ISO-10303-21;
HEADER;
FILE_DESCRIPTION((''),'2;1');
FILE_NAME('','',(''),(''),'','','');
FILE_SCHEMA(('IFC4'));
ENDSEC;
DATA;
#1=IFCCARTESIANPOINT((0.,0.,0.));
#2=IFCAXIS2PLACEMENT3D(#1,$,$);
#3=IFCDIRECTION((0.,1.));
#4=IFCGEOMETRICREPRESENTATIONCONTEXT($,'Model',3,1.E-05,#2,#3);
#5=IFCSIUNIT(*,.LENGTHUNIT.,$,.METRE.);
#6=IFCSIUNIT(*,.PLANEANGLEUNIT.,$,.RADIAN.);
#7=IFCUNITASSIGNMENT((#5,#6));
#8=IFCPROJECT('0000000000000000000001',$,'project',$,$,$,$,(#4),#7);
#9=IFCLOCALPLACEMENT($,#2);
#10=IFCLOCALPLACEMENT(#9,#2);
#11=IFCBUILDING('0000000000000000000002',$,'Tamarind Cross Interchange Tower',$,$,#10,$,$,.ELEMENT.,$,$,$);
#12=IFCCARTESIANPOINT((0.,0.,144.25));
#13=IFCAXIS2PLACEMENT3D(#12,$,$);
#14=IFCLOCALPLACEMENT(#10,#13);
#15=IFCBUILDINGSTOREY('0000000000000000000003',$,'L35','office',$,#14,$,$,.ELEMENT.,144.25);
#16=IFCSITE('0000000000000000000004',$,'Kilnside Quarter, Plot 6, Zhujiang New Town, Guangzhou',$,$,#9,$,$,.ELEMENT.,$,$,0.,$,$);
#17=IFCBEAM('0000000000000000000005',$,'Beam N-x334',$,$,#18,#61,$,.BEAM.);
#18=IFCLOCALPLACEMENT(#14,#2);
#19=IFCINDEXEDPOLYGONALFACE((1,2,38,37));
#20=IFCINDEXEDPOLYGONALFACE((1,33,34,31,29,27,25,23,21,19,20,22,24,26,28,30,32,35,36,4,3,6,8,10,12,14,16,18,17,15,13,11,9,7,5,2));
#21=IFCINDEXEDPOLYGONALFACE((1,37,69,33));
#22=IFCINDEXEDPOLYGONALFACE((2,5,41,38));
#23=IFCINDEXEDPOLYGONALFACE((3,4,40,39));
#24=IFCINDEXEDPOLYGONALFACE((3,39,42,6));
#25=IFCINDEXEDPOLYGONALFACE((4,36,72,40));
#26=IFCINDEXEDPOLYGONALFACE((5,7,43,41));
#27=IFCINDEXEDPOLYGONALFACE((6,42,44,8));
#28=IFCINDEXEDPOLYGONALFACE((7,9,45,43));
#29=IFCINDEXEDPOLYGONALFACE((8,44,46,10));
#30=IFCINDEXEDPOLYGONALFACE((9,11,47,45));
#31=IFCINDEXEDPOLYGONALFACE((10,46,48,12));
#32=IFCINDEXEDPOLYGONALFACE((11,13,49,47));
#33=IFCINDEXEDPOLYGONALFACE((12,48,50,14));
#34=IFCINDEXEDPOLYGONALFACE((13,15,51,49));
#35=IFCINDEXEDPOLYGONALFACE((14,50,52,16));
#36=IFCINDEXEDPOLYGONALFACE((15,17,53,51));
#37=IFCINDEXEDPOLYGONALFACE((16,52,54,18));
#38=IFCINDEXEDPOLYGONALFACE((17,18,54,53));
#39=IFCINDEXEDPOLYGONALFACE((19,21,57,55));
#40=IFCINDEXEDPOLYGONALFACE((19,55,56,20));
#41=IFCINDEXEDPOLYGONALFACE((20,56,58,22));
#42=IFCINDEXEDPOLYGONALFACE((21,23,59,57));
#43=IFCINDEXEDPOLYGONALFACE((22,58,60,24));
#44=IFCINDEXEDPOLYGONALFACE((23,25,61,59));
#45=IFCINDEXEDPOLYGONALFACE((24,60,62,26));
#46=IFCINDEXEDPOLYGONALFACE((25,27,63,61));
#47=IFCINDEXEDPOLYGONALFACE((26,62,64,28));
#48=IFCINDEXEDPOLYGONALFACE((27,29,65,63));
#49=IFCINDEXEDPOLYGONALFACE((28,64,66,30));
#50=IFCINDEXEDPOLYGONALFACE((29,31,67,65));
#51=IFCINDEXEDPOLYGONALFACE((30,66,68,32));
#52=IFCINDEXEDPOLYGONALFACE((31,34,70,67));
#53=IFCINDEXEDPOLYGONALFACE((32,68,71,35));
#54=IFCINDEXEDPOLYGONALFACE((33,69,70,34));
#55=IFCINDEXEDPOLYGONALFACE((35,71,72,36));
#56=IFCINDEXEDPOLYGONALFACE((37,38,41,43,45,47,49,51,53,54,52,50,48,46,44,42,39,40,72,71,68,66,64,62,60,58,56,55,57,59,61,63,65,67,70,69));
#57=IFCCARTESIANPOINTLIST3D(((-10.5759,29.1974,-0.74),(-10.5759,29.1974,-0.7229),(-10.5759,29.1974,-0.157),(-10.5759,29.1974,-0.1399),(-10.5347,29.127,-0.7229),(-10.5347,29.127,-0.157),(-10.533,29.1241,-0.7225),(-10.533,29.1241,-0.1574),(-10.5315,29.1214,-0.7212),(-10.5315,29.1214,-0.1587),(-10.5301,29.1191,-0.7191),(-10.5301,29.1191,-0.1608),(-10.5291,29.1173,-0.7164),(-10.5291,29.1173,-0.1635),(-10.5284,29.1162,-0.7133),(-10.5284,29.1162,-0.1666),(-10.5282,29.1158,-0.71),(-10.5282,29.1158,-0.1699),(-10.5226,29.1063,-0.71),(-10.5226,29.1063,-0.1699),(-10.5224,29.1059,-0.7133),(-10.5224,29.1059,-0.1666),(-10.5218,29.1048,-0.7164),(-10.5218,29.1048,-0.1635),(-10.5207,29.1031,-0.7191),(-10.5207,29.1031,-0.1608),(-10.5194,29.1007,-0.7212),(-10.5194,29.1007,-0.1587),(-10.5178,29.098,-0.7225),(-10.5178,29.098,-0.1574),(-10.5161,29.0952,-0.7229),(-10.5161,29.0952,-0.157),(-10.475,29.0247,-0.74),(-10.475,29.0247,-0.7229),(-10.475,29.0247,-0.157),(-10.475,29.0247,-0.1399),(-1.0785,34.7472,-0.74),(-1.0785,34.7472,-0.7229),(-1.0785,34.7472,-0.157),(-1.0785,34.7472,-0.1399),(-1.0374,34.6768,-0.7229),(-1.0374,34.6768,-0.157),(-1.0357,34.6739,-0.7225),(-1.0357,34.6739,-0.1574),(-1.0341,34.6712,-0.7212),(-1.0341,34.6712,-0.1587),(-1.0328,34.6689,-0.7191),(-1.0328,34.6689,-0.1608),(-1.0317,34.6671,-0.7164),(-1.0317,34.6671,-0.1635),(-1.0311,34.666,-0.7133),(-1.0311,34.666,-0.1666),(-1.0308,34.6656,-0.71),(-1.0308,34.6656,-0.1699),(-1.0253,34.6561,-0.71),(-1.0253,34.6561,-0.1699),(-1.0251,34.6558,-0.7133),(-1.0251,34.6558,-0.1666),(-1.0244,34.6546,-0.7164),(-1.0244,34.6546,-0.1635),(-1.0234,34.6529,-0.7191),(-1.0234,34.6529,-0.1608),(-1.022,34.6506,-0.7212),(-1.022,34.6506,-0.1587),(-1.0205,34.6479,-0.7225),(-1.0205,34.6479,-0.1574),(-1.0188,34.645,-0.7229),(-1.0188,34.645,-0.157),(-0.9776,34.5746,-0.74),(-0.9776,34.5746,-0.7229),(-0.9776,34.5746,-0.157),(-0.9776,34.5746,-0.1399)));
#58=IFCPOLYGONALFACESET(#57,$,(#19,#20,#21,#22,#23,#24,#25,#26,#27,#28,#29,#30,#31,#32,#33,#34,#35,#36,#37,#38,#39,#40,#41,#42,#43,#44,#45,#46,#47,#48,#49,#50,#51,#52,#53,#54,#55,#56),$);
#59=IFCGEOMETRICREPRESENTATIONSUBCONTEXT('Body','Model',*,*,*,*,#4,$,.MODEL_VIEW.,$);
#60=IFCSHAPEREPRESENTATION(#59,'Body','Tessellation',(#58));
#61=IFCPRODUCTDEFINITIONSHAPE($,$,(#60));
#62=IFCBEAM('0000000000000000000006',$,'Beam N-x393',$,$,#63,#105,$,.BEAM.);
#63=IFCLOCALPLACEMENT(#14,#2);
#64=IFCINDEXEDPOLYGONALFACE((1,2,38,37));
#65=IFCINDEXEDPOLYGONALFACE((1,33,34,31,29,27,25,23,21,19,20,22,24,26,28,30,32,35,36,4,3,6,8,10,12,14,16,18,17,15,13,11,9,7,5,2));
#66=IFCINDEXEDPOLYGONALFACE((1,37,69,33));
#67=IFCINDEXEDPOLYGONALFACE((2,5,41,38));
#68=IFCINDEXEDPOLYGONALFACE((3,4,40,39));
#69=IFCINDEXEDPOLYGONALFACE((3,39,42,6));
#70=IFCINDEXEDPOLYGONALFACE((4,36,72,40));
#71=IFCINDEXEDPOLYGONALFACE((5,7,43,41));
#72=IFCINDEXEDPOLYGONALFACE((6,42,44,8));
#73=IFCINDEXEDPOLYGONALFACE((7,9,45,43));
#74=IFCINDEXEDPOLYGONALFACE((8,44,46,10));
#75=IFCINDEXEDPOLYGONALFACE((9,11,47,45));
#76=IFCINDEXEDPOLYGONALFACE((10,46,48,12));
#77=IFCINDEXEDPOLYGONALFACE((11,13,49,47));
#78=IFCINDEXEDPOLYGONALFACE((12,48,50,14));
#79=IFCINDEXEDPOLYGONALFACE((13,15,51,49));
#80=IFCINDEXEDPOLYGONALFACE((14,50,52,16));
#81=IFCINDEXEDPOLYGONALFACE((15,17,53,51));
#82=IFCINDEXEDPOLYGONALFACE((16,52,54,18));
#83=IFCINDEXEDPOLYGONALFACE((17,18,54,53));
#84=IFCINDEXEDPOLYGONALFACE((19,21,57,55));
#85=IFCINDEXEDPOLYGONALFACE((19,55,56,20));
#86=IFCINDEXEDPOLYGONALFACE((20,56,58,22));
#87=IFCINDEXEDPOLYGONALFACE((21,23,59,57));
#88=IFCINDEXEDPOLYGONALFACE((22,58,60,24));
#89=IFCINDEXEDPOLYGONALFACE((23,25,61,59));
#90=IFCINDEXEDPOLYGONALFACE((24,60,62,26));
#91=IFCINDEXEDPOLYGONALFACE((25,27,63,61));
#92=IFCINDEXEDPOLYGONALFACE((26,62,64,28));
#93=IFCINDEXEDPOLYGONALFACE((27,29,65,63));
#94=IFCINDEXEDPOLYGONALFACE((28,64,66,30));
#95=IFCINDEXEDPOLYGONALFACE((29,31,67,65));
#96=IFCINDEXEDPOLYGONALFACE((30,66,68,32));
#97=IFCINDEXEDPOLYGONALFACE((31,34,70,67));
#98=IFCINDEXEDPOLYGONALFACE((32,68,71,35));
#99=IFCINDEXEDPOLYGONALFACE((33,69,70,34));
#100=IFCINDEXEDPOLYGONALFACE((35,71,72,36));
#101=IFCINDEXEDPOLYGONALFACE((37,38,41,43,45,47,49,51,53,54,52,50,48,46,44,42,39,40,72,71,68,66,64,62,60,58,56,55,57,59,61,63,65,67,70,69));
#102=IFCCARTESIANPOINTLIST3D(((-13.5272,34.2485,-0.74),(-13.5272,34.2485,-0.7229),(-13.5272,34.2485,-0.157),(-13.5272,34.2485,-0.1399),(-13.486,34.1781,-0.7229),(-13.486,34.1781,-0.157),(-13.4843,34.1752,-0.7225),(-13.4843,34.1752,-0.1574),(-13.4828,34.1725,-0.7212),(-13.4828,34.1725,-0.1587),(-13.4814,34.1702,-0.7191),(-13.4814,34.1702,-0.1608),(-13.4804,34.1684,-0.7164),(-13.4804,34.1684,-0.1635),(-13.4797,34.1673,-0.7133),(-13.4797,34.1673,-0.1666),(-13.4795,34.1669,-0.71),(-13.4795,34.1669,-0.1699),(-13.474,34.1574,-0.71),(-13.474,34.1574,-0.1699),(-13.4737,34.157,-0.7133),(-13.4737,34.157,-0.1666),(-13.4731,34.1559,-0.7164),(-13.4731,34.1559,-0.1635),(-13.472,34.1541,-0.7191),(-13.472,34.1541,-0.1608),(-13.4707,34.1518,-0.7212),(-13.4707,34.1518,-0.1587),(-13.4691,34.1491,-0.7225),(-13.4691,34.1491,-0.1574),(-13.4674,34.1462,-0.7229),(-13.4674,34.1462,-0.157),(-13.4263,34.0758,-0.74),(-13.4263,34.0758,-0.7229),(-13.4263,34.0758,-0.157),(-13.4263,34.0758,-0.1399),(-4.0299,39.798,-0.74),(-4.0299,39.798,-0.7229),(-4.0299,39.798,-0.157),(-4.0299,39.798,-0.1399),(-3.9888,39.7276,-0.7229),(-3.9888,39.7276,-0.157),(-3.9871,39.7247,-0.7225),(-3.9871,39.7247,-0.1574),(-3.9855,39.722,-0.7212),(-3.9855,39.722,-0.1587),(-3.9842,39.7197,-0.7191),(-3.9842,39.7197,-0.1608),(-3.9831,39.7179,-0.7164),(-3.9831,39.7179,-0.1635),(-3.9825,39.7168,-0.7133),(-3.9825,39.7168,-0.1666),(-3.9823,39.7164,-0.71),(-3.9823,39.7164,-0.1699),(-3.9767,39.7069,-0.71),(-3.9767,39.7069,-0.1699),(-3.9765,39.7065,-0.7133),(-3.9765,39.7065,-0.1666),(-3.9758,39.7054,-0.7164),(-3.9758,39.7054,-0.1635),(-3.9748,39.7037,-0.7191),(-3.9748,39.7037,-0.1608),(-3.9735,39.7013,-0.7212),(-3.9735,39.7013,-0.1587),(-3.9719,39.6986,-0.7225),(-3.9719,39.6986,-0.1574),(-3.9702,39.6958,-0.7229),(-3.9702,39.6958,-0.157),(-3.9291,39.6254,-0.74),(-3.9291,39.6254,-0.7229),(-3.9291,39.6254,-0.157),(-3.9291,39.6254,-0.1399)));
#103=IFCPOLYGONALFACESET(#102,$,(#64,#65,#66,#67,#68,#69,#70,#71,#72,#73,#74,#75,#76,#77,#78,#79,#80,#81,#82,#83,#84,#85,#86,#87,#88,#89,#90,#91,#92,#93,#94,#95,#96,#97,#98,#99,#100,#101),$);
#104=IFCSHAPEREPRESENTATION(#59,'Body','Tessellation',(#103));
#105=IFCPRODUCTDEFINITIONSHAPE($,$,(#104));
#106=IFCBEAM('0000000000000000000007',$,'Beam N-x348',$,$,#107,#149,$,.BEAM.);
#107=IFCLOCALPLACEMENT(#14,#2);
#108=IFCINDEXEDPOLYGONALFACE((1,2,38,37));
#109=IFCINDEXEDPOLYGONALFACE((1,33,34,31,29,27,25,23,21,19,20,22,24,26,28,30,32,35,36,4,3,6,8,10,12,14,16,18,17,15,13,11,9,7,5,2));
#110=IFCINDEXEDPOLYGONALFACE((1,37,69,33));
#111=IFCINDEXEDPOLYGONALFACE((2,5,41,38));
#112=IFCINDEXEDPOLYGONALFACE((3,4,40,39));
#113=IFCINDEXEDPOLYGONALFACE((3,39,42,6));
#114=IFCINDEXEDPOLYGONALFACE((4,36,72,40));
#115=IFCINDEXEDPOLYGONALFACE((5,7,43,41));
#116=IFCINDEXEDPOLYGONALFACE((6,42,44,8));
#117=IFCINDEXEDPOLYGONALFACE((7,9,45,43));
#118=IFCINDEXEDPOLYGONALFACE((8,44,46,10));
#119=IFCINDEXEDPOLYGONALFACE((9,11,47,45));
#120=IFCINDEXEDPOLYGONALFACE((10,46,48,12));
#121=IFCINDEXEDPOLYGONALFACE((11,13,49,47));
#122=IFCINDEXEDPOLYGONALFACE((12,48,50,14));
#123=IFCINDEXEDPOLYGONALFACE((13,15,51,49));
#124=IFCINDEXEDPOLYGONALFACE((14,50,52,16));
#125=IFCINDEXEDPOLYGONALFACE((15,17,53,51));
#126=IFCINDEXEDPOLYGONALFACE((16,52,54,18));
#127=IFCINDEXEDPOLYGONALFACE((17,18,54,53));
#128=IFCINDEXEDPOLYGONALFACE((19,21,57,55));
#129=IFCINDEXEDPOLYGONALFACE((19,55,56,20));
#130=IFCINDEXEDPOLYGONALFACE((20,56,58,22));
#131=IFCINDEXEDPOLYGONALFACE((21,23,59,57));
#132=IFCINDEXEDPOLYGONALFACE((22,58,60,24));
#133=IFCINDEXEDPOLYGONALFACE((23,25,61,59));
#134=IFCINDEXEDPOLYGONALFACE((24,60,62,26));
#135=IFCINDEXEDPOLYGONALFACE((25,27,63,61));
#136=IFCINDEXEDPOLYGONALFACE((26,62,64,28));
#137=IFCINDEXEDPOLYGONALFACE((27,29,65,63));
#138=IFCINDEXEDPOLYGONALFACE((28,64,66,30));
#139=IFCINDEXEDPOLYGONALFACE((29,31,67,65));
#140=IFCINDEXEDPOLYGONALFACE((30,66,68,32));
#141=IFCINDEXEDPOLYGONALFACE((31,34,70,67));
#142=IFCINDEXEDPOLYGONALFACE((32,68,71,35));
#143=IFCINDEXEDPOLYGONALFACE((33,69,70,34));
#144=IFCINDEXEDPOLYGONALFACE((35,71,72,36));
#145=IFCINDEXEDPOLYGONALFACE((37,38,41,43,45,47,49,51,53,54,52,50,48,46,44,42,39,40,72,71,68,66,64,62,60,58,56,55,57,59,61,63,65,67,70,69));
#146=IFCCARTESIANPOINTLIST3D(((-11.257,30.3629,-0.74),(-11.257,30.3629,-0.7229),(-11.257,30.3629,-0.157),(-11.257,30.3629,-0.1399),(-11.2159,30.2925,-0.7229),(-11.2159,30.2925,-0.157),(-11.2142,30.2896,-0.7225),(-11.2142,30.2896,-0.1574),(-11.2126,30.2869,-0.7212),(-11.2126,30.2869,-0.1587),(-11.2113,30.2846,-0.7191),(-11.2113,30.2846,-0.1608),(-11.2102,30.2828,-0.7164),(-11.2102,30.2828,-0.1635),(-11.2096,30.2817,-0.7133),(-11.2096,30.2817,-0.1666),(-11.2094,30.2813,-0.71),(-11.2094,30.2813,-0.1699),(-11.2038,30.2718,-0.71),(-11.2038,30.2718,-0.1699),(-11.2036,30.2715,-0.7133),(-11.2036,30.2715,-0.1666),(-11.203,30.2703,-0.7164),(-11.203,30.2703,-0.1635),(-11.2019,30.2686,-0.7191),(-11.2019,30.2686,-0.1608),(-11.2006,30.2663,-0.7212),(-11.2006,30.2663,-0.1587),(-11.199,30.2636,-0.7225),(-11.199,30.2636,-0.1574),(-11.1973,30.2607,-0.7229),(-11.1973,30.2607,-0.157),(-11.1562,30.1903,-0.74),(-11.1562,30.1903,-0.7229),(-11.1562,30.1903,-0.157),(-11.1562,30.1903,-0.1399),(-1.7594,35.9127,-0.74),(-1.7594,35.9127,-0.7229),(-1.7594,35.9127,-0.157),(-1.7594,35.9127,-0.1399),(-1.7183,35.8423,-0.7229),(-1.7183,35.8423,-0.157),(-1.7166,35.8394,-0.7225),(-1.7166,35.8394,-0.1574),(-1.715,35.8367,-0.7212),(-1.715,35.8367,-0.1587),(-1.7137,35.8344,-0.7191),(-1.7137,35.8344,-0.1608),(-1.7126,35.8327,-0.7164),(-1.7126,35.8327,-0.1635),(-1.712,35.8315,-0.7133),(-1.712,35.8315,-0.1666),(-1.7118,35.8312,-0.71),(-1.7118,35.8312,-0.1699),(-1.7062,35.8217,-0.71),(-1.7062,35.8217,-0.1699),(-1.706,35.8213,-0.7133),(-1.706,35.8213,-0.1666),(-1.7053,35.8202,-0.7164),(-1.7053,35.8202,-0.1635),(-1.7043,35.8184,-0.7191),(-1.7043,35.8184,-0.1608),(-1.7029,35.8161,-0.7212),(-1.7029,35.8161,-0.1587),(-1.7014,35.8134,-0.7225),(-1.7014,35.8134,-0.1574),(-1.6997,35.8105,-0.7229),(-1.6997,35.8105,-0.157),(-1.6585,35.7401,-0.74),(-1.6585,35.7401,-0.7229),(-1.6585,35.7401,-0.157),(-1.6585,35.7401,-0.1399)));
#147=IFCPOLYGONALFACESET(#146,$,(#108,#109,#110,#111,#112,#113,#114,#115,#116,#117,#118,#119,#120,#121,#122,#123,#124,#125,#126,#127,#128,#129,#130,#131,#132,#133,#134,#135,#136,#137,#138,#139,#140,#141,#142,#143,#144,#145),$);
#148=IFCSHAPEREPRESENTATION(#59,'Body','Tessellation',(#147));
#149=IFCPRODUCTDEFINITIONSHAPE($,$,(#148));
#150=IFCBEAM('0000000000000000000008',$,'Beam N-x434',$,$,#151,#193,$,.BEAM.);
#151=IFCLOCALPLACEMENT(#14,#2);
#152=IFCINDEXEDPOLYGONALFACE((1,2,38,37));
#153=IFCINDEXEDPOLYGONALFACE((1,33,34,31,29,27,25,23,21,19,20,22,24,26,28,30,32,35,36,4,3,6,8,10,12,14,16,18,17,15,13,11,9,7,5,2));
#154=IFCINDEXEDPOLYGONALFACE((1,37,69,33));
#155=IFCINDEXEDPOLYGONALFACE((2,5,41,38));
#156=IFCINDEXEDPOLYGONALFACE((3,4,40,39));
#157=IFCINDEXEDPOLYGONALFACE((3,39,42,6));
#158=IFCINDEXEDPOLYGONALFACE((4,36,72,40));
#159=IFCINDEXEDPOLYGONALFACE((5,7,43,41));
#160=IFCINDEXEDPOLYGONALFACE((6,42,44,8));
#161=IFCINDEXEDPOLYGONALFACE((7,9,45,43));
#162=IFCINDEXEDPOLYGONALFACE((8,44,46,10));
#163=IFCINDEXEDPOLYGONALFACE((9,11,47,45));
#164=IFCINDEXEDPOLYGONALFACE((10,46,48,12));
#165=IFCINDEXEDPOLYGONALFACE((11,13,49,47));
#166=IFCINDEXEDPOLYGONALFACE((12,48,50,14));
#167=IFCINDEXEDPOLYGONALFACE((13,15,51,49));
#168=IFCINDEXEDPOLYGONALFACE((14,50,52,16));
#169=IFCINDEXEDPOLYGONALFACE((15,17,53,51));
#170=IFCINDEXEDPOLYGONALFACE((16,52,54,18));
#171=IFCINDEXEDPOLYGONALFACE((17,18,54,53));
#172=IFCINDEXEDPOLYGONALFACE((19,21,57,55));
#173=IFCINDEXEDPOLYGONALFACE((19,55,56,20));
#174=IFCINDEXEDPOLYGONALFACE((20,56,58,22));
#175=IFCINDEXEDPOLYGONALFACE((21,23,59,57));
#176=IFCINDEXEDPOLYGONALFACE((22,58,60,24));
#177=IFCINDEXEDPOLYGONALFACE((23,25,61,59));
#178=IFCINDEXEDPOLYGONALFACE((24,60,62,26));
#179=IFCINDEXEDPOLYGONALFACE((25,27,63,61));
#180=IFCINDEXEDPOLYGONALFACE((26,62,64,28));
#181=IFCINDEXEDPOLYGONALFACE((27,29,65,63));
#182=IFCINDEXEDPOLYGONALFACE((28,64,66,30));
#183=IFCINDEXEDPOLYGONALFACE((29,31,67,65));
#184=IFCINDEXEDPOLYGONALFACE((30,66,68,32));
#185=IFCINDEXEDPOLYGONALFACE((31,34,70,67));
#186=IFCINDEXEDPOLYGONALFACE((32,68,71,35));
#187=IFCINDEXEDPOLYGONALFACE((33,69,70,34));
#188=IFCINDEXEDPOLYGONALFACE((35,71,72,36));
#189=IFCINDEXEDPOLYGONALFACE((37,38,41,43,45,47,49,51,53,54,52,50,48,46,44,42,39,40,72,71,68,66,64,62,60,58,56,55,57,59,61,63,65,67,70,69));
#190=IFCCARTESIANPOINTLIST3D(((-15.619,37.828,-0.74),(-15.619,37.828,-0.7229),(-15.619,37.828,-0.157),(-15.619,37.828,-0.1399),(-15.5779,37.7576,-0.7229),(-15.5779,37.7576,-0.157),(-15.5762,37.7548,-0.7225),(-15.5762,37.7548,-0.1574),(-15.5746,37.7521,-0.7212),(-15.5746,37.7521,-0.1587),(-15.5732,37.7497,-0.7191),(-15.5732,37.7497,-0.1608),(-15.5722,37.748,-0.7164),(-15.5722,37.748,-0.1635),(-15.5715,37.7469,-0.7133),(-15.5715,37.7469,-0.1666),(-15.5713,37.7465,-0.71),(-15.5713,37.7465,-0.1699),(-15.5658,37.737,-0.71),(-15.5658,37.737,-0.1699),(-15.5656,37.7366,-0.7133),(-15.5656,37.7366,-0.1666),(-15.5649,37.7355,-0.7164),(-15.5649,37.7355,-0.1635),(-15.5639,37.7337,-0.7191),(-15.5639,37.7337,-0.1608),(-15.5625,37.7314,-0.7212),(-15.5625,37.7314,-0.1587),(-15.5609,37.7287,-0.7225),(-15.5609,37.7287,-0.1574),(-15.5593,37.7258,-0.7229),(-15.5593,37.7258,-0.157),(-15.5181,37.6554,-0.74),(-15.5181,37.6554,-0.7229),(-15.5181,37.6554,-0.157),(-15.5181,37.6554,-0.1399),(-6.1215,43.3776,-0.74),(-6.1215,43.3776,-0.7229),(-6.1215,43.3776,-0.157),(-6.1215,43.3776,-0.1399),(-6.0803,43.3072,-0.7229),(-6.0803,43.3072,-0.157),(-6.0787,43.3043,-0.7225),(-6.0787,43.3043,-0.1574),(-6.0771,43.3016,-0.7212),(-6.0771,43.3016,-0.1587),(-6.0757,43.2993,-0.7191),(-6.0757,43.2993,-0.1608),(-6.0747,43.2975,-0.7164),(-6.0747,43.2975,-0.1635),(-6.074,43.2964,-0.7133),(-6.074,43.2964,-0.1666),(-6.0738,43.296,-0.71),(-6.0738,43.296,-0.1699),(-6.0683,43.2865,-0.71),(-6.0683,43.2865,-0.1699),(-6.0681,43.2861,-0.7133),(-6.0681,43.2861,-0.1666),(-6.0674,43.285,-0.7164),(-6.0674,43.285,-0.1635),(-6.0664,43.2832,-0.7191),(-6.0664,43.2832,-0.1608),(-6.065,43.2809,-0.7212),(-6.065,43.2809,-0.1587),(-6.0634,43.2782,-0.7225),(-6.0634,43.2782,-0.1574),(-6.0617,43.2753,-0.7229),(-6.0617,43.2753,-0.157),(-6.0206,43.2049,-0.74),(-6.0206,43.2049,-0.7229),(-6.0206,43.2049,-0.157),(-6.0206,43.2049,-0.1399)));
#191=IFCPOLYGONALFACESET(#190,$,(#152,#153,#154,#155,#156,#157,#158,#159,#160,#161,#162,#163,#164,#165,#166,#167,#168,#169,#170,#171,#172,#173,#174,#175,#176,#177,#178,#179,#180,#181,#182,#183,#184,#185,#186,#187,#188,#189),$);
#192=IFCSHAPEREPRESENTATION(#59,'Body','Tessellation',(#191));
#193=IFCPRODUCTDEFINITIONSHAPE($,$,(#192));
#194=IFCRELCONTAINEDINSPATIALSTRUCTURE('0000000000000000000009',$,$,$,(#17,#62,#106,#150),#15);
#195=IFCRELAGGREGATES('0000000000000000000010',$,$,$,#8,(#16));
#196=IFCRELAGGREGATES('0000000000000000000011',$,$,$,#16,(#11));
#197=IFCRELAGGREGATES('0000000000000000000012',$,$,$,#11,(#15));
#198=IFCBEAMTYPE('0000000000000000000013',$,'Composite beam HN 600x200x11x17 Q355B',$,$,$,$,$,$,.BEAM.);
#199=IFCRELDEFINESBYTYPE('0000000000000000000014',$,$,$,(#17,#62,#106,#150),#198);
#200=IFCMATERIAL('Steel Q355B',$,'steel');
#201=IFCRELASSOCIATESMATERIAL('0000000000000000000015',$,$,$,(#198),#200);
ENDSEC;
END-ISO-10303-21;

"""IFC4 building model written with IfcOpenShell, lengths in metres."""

from ifc_helpers import new_model, si_unit, direction, frame, origin, origin_2d, place, context, subcontext, project, spatial, i_section, extrude, material, material_profile, profile_set, type_object, element, save


model = new_model("IFC4")

# Units and contexts
model_context = context("Model", 3, precision=1e-05, world=origin(), true_north=direction((0.0, 1.0)))
body_context = subcontext(model_context, "Body", "Model", "MODEL_VIEW")
ifc_project = project(units=[si_unit("LENGTHUNIT", "METRE"), si_unit("PLANEANGLEUNIT", "RADIAN")], contexts=[model_context])

# Site, building, storey
site_placement = place(None, origin())
site = spatial("IfcSite", under=ifc_project, at=site_placement, Name="Kilnside Quarter, Plot 6, Zhujiang New Town, Guangzhou", CompositionType="ELEMENT", RefElevation=0.0)
building_placement = place(site_placement, origin())
building = spatial("IfcBuilding", under=site, at=building_placement, Name="Tamarind Cross Interchange Tower", CompositionType="ELEMENT")
storey_placement = place(building_placement, frame((0.0, 0.0, 144.25)))
storey = spatial("IfcBuildingStorey", under=building, at=storey_placement, Name="L35", Description="office", CompositionType="ELEMENT", Elevation=144.25)

# Beams
ifc_material_1 = material(Name="Steel Q355B", Category="steel")
ifc_material_profile_1 = material_profile(ifc_material_1, i_section(OverallWidth=0.2, OverallDepth=0.6001, WebThickness=0.011, FlangeThickness=0.0171, FilletRadius=0.0129, at=origin_2d()), Name="HN 600x200x11x17")
ifc_profile_set_1 = profile_set([ifc_material_profile_1], Name="Steel Q355B")
beam_type_1 = type_object("IfcBeamType", Name="Composite beam HN 600x200x11x17 Q355B", PredefinedType="BEAM", material=ifc_profile_set_1)
beam_1_placement = place(storey_placement, frame((-1.0281, 34.6609, -0.4399), z_axis=(-0.863395, -0.504529, 0.0), x_axis=(0.504529, -0.863395, 0.0)))
element("IfcBeam", 1, at=beam_1_placement, inside=storey, type_object=beam_type_1, Name="Beam N-x334", PredefinedType="BEAM", context=body_context, shape_type="SweptSolid", body=[
    extrude(i_section(OverallWidth=0.2, OverallDepth=0.6001, WebThickness=0.011, FlangeThickness=0.0171, FilletRadius=0.0129, at=origin_2d()), origin(), (0.0, 0.0, 1.0), 11.0),
])
beam_2_placement = place(storey_placement, frame((-3.9795, 39.7117, -0.4399), z_axis=(-0.863404, -0.504513, 0.0), x_axis=(0.504513, -0.863404, 0.0)))
element("IfcBeam", 2, at=beam_2_placement, inside=storey, type_object=beam_type_1, Name="Beam N-x393", PredefinedType="BEAM", context=body_context, shape_type="SweptSolid", body=[
    extrude(i_section(OverallWidth=0.2, OverallDepth=0.6001, WebThickness=0.011, FlangeThickness=0.0171, FilletRadius=0.0129, at=origin_2d()), origin(), (0.0, 0.0, 1.0), 10.9998),
])
beam_3_placement = place(storey_placement, frame((-1.709, 35.8264, -0.4399), z_axis=(-0.8634, -0.504519, 0.0), x_axis=(0.504519, -0.8634, 0.0)))
element("IfcBeam", 3, at=beam_3_placement, inside=storey, type_object=beam_type_1, Name="Beam N-x348", PredefinedType="BEAM", context=body_context, shape_type="SweptSolid", body=[
    extrude(i_section(OverallWidth=0.2, OverallDepth=0.6001, WebThickness=0.011, FlangeThickness=0.0171, FilletRadius=0.0129, at=origin_2d()), origin(), (0.0, 0.0, 1.0), 11.0002),
])
beam_4_placement = place(storey_placement, frame((-6.071, 43.2913, -0.4399), z_axis=(-0.86341, -0.504503, 0.0), x_axis=(0.504503, -0.86341, 0.0)))
element("IfcBeam", 4, at=beam_4_placement, inside=storey, type_object=beam_type_1, Name="Beam N-x434", PredefinedType="BEAM", context=body_context, shape_type="SweptSolid", body=[
    extrude(i_section(OverallWidth=0.2, OverallDepth=0.6001, WebThickness=0.011, FlangeThickness=0.0171, FilletRadius=0.0129, at=origin_2d()), origin(), (0.0, 0.0, 1.0), 11.0),
])

save(model, "model.ifc")
